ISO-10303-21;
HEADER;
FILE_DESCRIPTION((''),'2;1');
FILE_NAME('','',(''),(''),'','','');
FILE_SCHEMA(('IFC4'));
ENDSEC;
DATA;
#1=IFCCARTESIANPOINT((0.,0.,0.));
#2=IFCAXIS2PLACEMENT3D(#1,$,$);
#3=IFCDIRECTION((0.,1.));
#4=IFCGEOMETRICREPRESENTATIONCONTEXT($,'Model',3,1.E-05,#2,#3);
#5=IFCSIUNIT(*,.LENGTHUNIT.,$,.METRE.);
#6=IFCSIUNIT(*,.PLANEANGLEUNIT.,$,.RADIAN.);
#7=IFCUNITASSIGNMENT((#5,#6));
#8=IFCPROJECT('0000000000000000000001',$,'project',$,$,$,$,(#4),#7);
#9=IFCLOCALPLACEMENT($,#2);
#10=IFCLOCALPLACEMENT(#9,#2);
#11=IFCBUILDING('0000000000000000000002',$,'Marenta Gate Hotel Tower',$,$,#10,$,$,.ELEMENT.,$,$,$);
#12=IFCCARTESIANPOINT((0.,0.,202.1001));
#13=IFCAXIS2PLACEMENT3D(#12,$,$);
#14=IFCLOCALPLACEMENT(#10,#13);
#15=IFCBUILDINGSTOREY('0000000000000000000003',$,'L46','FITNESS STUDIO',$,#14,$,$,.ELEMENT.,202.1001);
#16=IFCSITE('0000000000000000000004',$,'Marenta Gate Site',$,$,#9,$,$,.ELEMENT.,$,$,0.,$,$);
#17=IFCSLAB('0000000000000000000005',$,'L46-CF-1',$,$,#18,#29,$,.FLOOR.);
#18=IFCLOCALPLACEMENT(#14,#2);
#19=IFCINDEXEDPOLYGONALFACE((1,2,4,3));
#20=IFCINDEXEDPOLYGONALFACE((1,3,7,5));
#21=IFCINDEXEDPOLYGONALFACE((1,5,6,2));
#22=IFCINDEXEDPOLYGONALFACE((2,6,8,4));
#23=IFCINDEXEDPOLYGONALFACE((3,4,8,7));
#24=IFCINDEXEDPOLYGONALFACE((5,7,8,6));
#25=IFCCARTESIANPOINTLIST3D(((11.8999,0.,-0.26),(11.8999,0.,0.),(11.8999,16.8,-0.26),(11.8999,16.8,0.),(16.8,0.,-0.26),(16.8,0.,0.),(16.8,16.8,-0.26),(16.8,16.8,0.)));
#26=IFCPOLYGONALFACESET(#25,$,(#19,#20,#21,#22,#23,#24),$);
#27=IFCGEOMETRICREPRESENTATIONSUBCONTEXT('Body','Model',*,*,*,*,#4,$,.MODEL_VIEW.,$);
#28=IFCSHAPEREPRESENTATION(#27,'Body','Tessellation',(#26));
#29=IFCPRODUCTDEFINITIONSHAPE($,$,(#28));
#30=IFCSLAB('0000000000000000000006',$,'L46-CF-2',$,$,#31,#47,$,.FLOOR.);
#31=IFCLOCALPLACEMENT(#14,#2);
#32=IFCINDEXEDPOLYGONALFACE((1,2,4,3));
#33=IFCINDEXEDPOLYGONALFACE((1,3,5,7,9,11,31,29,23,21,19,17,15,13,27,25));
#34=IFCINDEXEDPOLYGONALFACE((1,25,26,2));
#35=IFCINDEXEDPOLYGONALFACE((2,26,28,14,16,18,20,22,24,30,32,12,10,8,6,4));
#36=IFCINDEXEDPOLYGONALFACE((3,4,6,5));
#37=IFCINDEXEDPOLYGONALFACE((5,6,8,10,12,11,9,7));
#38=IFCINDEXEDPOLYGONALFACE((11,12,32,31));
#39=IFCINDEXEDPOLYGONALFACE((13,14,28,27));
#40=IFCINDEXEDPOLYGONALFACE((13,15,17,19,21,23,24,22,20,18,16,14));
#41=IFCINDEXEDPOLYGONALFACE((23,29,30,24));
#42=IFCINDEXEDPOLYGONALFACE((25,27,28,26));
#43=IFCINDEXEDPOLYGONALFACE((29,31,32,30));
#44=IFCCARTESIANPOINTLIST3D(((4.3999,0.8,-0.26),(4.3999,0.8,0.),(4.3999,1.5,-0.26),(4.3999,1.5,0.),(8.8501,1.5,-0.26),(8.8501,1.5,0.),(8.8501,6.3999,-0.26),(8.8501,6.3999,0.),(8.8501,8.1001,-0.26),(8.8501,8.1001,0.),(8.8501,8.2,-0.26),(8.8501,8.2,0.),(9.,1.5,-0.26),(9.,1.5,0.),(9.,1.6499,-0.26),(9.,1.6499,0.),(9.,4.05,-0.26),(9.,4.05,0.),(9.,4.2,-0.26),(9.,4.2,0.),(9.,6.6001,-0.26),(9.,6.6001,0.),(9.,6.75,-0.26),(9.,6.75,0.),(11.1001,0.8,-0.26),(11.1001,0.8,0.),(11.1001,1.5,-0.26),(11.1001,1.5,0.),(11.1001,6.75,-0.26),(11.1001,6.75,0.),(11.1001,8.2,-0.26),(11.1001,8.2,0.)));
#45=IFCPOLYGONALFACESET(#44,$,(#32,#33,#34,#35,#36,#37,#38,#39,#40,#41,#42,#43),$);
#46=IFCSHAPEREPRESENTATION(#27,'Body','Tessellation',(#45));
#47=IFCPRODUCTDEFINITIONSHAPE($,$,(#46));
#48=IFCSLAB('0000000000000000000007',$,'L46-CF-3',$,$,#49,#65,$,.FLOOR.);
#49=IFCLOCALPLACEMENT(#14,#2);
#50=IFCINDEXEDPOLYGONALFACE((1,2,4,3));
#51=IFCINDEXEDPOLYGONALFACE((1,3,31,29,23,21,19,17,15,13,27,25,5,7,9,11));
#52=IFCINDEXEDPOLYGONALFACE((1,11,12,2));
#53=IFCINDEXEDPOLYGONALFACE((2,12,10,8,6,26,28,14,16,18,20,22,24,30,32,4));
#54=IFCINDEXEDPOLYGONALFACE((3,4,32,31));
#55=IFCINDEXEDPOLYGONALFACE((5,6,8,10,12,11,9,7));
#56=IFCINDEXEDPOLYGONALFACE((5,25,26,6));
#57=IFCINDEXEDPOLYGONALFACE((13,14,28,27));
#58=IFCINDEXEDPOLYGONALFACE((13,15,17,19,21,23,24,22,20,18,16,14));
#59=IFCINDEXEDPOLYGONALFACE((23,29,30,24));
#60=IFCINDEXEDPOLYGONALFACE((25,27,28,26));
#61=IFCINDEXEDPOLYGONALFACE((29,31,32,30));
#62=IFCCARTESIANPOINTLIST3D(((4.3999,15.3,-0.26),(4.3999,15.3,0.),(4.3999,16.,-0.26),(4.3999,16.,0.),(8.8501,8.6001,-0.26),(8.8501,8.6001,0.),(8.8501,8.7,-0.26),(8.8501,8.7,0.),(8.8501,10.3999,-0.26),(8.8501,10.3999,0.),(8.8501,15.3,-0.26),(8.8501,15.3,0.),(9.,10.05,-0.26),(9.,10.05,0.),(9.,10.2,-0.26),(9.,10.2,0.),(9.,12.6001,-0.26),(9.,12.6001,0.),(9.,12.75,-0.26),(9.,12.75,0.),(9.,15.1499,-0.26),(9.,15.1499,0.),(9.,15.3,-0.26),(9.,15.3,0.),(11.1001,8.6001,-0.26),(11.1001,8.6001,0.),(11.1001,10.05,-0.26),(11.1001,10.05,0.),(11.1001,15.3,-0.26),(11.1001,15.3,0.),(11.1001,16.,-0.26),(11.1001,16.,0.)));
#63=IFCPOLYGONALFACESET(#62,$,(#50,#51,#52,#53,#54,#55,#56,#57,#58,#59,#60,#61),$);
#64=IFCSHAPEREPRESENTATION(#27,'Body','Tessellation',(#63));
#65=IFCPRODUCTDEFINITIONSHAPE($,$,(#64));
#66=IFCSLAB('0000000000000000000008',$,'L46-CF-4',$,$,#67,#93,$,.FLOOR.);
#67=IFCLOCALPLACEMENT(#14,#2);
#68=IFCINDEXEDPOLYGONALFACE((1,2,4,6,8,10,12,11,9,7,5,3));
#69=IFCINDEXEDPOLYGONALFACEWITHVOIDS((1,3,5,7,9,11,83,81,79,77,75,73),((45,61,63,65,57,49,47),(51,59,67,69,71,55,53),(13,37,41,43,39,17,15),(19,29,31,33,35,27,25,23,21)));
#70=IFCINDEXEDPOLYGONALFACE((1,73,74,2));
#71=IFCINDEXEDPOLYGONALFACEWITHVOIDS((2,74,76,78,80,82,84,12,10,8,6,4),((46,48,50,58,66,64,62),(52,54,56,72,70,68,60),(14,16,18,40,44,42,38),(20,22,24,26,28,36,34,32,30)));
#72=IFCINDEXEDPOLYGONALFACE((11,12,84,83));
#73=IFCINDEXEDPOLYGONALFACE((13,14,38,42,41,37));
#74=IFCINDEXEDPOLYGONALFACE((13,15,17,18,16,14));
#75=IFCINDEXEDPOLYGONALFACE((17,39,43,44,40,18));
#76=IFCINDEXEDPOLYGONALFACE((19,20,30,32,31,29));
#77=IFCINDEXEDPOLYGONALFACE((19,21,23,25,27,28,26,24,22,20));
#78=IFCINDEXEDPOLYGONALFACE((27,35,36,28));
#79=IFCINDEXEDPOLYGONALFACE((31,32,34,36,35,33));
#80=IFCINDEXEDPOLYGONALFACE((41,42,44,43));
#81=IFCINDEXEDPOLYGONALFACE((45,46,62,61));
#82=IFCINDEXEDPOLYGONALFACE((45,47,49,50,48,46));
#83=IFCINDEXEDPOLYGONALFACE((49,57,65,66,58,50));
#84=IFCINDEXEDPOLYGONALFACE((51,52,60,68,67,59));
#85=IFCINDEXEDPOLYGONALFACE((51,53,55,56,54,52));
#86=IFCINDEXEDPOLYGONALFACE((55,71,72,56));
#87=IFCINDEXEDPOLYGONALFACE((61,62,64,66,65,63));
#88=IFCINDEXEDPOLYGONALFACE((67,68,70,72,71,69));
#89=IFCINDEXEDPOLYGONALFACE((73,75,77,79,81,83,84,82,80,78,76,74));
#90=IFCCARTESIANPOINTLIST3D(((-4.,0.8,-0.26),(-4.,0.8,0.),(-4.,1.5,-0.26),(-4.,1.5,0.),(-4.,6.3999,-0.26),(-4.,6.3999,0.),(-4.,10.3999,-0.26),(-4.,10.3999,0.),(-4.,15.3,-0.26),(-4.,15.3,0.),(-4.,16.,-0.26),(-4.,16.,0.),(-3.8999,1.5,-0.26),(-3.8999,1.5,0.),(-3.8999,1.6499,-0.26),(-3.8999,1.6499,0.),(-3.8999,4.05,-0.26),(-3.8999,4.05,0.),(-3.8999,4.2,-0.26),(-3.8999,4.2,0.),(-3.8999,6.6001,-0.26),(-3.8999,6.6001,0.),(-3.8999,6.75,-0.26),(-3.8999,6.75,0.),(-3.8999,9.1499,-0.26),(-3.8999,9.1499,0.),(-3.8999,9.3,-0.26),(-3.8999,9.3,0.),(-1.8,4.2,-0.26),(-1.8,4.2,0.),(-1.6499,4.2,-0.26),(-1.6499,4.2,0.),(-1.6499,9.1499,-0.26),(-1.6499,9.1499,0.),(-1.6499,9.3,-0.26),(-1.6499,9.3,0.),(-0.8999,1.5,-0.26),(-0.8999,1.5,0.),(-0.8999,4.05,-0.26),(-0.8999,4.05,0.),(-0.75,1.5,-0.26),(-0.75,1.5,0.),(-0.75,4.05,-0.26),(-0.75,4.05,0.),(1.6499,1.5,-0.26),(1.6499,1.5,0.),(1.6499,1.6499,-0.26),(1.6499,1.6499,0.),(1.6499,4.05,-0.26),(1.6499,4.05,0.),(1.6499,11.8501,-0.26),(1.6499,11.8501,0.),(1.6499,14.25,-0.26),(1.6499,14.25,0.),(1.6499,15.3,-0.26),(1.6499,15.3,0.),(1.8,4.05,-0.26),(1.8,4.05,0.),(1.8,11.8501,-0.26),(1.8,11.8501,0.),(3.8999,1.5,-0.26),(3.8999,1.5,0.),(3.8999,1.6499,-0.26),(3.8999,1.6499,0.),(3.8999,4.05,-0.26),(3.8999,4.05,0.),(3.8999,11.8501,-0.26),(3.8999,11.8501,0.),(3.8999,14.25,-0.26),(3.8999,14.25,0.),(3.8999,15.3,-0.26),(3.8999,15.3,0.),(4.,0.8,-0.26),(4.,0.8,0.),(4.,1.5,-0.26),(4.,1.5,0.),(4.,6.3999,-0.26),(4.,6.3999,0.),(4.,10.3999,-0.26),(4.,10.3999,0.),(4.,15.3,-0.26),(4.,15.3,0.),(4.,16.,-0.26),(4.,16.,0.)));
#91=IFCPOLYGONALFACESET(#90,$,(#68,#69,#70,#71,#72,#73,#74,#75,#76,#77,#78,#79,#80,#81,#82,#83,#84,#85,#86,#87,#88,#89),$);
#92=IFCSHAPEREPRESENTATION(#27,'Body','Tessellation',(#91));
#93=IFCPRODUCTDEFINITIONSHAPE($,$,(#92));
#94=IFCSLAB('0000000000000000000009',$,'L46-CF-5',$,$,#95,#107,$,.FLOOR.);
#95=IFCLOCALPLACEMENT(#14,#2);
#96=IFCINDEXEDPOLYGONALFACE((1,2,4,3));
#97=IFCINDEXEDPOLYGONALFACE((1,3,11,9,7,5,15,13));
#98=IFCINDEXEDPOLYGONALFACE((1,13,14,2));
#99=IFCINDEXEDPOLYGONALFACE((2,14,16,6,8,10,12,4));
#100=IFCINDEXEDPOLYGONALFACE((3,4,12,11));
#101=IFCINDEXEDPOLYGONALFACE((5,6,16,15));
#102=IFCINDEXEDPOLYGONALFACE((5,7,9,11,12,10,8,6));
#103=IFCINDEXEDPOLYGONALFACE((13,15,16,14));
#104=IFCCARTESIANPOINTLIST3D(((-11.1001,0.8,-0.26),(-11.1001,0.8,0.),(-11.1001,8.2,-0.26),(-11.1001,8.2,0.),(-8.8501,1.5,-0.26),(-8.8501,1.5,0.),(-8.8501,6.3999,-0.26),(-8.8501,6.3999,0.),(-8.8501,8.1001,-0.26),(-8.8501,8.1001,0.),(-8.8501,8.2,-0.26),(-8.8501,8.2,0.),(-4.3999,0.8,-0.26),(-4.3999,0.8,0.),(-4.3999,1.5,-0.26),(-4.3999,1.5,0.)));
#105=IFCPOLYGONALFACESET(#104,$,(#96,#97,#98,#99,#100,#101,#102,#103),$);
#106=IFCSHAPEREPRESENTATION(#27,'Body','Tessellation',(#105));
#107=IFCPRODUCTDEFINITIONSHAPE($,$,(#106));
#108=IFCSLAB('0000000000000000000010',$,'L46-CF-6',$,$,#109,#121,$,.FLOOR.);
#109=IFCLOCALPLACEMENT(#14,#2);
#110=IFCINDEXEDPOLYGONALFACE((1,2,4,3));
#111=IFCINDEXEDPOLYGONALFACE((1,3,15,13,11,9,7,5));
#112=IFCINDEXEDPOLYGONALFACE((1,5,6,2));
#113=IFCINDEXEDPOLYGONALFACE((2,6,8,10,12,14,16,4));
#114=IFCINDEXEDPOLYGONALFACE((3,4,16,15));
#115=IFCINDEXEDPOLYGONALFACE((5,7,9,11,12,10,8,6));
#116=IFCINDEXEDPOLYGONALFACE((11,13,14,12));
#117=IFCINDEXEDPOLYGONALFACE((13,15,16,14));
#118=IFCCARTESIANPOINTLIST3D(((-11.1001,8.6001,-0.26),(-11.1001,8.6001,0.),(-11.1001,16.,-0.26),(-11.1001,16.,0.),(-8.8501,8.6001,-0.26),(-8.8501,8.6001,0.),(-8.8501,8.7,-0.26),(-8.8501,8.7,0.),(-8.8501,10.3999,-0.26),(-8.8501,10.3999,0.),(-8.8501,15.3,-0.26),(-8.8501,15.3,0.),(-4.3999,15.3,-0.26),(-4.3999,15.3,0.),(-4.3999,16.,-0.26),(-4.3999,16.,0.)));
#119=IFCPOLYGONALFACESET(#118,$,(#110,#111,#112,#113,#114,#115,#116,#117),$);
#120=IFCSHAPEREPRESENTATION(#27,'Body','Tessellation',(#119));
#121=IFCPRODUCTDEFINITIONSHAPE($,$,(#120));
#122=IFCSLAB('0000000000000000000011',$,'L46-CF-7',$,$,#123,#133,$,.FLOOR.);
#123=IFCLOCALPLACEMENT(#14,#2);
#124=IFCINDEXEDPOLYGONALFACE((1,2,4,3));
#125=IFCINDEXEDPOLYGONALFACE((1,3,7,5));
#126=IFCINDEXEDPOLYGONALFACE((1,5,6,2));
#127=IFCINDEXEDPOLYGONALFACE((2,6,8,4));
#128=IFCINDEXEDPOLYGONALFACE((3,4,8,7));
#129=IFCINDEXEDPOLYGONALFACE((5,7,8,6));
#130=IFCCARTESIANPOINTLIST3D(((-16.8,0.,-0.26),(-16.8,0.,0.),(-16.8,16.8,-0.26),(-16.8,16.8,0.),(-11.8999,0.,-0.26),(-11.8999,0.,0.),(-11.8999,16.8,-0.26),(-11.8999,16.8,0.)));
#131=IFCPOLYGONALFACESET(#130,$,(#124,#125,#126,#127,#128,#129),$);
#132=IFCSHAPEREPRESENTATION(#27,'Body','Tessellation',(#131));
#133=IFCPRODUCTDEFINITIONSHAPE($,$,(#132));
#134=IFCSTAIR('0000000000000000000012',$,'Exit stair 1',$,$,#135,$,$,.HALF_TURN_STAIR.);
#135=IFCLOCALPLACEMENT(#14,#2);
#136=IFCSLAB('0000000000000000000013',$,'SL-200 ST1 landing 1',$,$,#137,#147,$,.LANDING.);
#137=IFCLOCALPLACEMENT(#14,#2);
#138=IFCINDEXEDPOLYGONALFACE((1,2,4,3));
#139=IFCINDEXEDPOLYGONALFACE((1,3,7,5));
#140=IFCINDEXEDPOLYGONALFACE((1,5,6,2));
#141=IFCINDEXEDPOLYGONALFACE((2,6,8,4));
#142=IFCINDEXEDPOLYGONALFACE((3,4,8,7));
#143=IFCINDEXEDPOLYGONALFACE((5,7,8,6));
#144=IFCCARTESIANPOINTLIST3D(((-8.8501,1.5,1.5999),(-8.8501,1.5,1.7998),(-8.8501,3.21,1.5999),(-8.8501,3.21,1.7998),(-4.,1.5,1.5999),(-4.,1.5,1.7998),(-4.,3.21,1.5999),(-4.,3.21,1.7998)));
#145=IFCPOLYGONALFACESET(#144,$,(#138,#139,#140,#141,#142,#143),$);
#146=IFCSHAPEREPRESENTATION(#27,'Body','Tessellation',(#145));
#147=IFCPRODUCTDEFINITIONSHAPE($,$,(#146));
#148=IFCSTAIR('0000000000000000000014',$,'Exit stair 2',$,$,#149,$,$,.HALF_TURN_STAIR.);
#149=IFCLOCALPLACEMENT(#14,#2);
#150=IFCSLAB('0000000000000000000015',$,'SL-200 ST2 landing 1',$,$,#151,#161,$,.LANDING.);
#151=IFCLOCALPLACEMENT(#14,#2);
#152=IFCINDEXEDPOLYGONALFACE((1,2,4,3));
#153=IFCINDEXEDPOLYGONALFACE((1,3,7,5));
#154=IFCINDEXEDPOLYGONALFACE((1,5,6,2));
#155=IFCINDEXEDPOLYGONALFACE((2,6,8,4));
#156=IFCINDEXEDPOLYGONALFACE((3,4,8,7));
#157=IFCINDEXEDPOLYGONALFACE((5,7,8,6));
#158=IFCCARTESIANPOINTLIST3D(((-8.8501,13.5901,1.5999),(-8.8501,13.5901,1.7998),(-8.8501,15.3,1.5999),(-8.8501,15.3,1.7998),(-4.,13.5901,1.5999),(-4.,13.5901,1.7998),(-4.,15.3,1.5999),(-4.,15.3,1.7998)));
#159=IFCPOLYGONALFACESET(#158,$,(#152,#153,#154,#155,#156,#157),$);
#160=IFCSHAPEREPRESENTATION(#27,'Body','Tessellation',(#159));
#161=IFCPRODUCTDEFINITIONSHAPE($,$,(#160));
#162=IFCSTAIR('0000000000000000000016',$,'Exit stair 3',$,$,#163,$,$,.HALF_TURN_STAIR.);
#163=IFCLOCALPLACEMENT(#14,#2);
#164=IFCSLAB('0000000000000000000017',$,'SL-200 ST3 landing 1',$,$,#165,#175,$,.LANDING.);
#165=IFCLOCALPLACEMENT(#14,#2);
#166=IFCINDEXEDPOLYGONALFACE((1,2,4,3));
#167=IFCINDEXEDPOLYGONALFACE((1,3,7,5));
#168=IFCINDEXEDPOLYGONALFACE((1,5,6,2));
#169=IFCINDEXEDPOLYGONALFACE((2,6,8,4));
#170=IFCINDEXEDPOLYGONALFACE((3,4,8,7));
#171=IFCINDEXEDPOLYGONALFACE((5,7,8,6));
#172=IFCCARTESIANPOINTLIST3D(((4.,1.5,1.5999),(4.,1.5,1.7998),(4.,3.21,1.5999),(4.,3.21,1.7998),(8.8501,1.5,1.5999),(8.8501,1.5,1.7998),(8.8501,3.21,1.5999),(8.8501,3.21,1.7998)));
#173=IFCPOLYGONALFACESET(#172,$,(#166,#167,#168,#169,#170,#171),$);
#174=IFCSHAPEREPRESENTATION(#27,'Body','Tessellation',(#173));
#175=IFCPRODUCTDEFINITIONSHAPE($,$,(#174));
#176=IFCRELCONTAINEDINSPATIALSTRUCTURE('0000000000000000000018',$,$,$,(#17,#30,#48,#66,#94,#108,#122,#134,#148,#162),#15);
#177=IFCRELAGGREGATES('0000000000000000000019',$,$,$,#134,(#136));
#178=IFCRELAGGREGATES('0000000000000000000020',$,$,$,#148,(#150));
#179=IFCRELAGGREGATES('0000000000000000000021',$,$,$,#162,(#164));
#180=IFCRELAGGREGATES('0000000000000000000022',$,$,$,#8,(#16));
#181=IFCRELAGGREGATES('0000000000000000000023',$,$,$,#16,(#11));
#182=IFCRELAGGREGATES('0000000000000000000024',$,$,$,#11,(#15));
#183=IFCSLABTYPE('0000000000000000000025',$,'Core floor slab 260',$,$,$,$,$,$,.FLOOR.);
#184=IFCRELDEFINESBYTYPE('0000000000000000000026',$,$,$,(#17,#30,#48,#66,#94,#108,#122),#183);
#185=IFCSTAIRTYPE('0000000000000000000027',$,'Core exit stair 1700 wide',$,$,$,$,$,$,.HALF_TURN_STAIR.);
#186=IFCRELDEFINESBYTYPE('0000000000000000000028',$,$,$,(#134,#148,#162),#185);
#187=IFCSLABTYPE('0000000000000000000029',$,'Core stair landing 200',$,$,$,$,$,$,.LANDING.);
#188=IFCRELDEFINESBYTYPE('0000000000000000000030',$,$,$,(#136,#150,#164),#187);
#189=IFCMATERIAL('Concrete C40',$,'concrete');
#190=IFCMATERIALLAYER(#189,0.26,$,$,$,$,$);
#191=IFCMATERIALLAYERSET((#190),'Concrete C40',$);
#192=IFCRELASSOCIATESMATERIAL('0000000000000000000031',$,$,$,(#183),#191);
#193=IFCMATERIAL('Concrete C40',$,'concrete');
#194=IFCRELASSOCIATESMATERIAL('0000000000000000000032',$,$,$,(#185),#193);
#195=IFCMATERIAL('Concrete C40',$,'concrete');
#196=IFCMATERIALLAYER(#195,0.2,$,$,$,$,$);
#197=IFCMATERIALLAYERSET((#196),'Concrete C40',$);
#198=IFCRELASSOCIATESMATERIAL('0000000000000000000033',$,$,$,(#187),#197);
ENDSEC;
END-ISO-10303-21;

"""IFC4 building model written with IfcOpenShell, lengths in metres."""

from ifc_helpers import new_model, si_unit, direction, frame, origin, place, context, subcontext, project, spatial, polyline, outline, extrude, material, layer, layer_set, type_object, element, aggregate, save


model = new_model("IFC4")

# Units and contexts
model_context = context("Model", 3, precision=1e-05, world=origin(), true_north=direction((0.0, 1.0)))
body_context = subcontext(model_context, "Body", "Model", "MODEL_VIEW")
ifc_project = project(units=[si_unit("LENGTHUNIT", "METRE"), si_unit("PLANEANGLEUNIT", "RADIAN")], contexts=[model_context])

# Site, building, storey
site_placement = place(None, origin())
site = spatial("IfcSite", under=ifc_project, at=site_placement, Name="Marenta Gate Site", CompositionType="ELEMENT", RefElevation=0.0)
building_placement = place(site_placement, origin())
building = spatial("IfcBuilding", under=site, at=building_placement, Name="Marenta Gate Hotel Tower", CompositionType="ELEMENT")
storey_placement = place(building_placement, frame((0.0, 0.0, 202.1001)))
storey = spatial("IfcBuildingStorey", under=building, at=storey_placement, Name="L46", Description="FITNESS STUDIO", CompositionType="ELEMENT", Elevation=202.1001)

# Slabs
ifc_material_1 = material(Name="Concrete C40", Category="concrete")
ifc_layer_1 = layer(ifc_material_1, 0.26)
ifc_layer_set_1 = layer_set([ifc_layer_1], Name="Concrete C40")
slab_type_1 = type_object("IfcSlabType", Name="Core floor slab 260", PredefinedType="FLOOR", material=ifc_layer_set_1)
slab_1_placement = place(storey_placement, frame((0.0, 0.0, -0.26)))
element("IfcSlab", 1, at=slab_1_placement, inside=storey, type_object=slab_type_1, Name="L46-CF-1", PredefinedType="FLOOR", context=body_context, shape_type="SweptSolid", body=[
    extrude(outline(polyline([(11.8999, 0.0), (11.8999, 16.8), (16.8, 16.8), (16.8, 0.0), (11.8999, 0.0)])), origin(), (0.0, 0.0, 1.0), 0.26),
])
slab_2_placement = place(storey_placement, frame((0.0, 0.0, -0.26)))
element("IfcSlab", 2, at=slab_2_placement, inside=storey, type_object=slab_type_1, Name="L46-CF-2", PredefinedType="FLOOR", context=body_context, shape_type="SweptSolid", body=[
    extrude(outline(polyline([(8.8501, 1.5), (8.8501, 6.3999), (8.8501, 8.1001), (8.8501, 8.2), (11.1001, 8.2), (11.1001, 6.75), (9.0, 6.75), (9.0, 6.6001), (9.0, 4.2), (9.0, 4.05), (9.0, 1.6499), (9.0, 1.5), (11.1001, 1.5), (11.1001, 0.8), (4.3999, 0.8), (4.3999, 1.5), (8.8501, 1.5)])), origin(), (0.0, 0.0, 1.0), 0.26),
])
slab_3_placement = place(storey_placement, frame((0.0, 0.0, -0.26)))
element("IfcSlab", 3, at=slab_3_placement, inside=storey, type_object=slab_type_1, Name="L46-CF-3", PredefinedType="FLOOR", context=body_context, shape_type="SweptSolid", body=[
    extrude(outline(polyline([(8.8501, 15.3), (4.3999, 15.3), (4.3999, 16.0), (11.1001, 16.0), (11.1001, 15.3), (9.0, 15.3), (9.0, 15.1499), (9.0, 12.75), (9.0, 12.6001), (9.0, 10.2), (9.0, 10.05), (11.1001, 10.05), (11.1001, 8.6001), (8.8501, 8.6001), (8.8501, 8.7), (8.8501, 10.3999), (8.8501, 15.3)])), origin(), (0.0, 0.0, 1.0), 0.26),
])
slab_4_placement = place(storey_placement, frame((0.0, 0.0, -0.26)))
element("IfcSlab", 4, at=slab_4_placement, inside=storey, type_object=slab_type_1, Name="L46-CF-4", PredefinedType="FLOOR", context=body_context, shape_type="SweptSolid", body=[
    extrude(outline(polyline([(4.0, 15.3), (4.0, 10.3999), (4.0, 6.3999), (4.0, 1.5), (4.0, 0.8), (-4.0, 0.8), (-4.0, 1.5), (-4.0, 6.3999), (-4.0, 10.3999), (-4.0, 15.3), (-4.0, 16.0), (4.0, 16.0), (4.0, 15.3)]), holes=[polyline([(1.6499, 14.25), (1.6499, 11.8501), (1.8, 11.8501), (3.8999, 11.8501), (3.8999, 14.25), (3.8999, 15.3), (1.6499, 15.3), (1.6499, 14.25)]), polyline([(3.8999, 1.6499), (3.8999, 4.05), (1.8, 4.05), (1.6499, 4.05), (1.6499, 1.6499), (1.6499, 1.5), (3.8999, 1.5), (3.8999, 1.6499)]), polyline([(-3.8999, 1.6499), (-3.8999, 1.5), (-0.8999, 1.5), (-0.75, 1.5), (-0.75, 4.05), (-0.8999, 4.05), (-3.8999, 4.05), (-3.8999, 1.6499)]), polyline([(-1.8, 4.2), (-1.6499, 4.2), (-1.6499, 9.1499), (-1.6499, 9.3), (-3.8999, 9.3), (-3.8999, 9.1499), (-3.8999, 6.75), (-3.8999, 6.6001), (-3.8999, 4.2), (-1.8, 4.2)])]), origin(), (0.0, 0.0, 1.0), 0.26),
])
slab_5_placement = place(storey_placement, frame((0.0, 0.0, -0.26)))
element("IfcSlab", 5, at=slab_5_placement, inside=storey, type_object=slab_type_1, Name="L46-CF-5", PredefinedType="FLOOR", context=body_context, shape_type="SweptSolid", body=[
    extrude(outline(polyline([(-8.8501, 8.2), (-8.8501, 8.1001), (-8.8501, 6.3999), (-8.8501, 1.5), (-4.3999, 1.5), (-4.3999, 0.8), (-11.1001, 0.8), (-11.1001, 8.2), (-8.8501, 8.2)])), origin(), (0.0, 0.0, 1.0), 0.26),
])
slab_6_placement = place(storey_placement, frame((0.0, 0.0, -0.26)))
element("IfcSlab", 6, at=slab_6_placement, inside=storey, type_object=slab_type_1, Name="L46-CF-6", PredefinedType="FLOOR", context=body_context, shape_type="SweptSolid", body=[
    extrude(outline(polyline([(-4.3999, 15.3), (-8.8501, 15.3), (-8.8501, 10.3999), (-8.8501, 8.7), (-8.8501, 8.6001), (-11.1001, 8.6001), (-11.1001, 16.0), (-4.3999, 16.0), (-4.3999, 15.3)])), origin(), (0.0, 0.0, 1.0), 0.26),
])
slab_7_placement = place(storey_placement, frame((0.0, 0.0, -0.26)))
element("IfcSlab", 7, at=slab_7_placement, inside=storey, type_object=slab_type_1, Name="L46-CF-7", PredefinedType="FLOOR", context=body_context, shape_type="SweptSolid", body=[
    extrude(outline(polyline([(-11.8999, 16.8), (-11.8999, 0.0), (-16.8, 0.0), (-16.8, 16.8), (-11.8999, 16.8)])), origin(), (0.0, 0.0, 1.0), 0.26),
])

# Stairs, slabs
ifc_material_2 = material(Name="Concrete C40", Category="concrete")
stair_type_1 = type_object("IfcStairType", Name="Core exit stair 1700 wide", PredefinedType="HALF_TURN_STAIR", material=ifc_material_2)
stair_1_placement = place(storey_placement, origin())
stair_1 = element("IfcStair", 8, at=stair_1_placement, inside=storey, type_object=stair_type_1, Name="Exit stair 1", PredefinedType="HALF_TURN_STAIR")
ifc_material_3 = material(Name="Concrete C40", Category="concrete")
ifc_layer_2 = layer(ifc_material_3, 0.2)
ifc_layer_set_2 = layer_set([ifc_layer_2], Name="Concrete C40")
slab_type_2 = type_object("IfcSlabType", Name="Core stair landing 200", PredefinedType="LANDING", material=ifc_layer_set_2)
slab_8_placement = place(storey_placement, frame((0.0, 0.0, 1.5999)))
slab_8 = element("IfcSlab", 9, at=slab_8_placement, type_object=slab_type_2, Name="SL-200 ST1 landing 1", PredefinedType="LANDING", context=body_context, shape_type="SweptSolid", body=[
    extrude(outline(polyline([(-8.8501, 1.5), (-4.0, 1.5), (-4.0, 3.21), (-8.8501, 3.21), (-8.8501, 1.5)])), origin(), (0.0, 0.0, 1.0), 0.2),
])
aggregate(stair_1, [slab_8])
stair_2_placement = place(storey_placement, origin())
stair_2 = element("IfcStair", 10, at=stair_2_placement, inside=storey, type_object=stair_type_1, Name="Exit stair 2", PredefinedType="HALF_TURN_STAIR")
slab_9_placement = place(storey_placement, frame((0.0, 0.0, 1.5999)))
slab_9 = element("IfcSlab", 11, at=slab_9_placement, type_object=slab_type_2, Name="SL-200 ST2 landing 1", PredefinedType="LANDING", context=body_context, shape_type="SweptSolid", body=[
    extrude(outline(polyline([(-8.8501, 13.5901), (-4.0, 13.5901), (-4.0, 15.3), (-8.8501, 15.3), (-8.8501, 13.5901)])), origin(), (0.0, 0.0, 1.0), 0.2),
])
aggregate(stair_2, [slab_9])
stair_3_placement = place(storey_placement, origin())
stair_3 = element("IfcStair", 12, at=stair_3_placement, inside=storey, type_object=stair_type_1, Name="Exit stair 3", PredefinedType="HALF_TURN_STAIR")
slab_10_placement = place(storey_placement, frame((0.0, 0.0, 1.5999)))
slab_10 = element("IfcSlab", 13, at=slab_10_placement, type_object=slab_type_2, Name="SL-200 ST3 landing 1", PredefinedType="LANDING", context=body_context, shape_type="SweptSolid", body=[
    extrude(outline(polyline([(4.0, 1.5), (8.8501, 1.5), (8.8501, 3.21), (4.0, 3.21), (4.0, 1.5)])), origin(), (0.0, 0.0, 1.0), 0.2),
])

aggregate(stair_3, [slab_10])

save(model, "model.ifc")
